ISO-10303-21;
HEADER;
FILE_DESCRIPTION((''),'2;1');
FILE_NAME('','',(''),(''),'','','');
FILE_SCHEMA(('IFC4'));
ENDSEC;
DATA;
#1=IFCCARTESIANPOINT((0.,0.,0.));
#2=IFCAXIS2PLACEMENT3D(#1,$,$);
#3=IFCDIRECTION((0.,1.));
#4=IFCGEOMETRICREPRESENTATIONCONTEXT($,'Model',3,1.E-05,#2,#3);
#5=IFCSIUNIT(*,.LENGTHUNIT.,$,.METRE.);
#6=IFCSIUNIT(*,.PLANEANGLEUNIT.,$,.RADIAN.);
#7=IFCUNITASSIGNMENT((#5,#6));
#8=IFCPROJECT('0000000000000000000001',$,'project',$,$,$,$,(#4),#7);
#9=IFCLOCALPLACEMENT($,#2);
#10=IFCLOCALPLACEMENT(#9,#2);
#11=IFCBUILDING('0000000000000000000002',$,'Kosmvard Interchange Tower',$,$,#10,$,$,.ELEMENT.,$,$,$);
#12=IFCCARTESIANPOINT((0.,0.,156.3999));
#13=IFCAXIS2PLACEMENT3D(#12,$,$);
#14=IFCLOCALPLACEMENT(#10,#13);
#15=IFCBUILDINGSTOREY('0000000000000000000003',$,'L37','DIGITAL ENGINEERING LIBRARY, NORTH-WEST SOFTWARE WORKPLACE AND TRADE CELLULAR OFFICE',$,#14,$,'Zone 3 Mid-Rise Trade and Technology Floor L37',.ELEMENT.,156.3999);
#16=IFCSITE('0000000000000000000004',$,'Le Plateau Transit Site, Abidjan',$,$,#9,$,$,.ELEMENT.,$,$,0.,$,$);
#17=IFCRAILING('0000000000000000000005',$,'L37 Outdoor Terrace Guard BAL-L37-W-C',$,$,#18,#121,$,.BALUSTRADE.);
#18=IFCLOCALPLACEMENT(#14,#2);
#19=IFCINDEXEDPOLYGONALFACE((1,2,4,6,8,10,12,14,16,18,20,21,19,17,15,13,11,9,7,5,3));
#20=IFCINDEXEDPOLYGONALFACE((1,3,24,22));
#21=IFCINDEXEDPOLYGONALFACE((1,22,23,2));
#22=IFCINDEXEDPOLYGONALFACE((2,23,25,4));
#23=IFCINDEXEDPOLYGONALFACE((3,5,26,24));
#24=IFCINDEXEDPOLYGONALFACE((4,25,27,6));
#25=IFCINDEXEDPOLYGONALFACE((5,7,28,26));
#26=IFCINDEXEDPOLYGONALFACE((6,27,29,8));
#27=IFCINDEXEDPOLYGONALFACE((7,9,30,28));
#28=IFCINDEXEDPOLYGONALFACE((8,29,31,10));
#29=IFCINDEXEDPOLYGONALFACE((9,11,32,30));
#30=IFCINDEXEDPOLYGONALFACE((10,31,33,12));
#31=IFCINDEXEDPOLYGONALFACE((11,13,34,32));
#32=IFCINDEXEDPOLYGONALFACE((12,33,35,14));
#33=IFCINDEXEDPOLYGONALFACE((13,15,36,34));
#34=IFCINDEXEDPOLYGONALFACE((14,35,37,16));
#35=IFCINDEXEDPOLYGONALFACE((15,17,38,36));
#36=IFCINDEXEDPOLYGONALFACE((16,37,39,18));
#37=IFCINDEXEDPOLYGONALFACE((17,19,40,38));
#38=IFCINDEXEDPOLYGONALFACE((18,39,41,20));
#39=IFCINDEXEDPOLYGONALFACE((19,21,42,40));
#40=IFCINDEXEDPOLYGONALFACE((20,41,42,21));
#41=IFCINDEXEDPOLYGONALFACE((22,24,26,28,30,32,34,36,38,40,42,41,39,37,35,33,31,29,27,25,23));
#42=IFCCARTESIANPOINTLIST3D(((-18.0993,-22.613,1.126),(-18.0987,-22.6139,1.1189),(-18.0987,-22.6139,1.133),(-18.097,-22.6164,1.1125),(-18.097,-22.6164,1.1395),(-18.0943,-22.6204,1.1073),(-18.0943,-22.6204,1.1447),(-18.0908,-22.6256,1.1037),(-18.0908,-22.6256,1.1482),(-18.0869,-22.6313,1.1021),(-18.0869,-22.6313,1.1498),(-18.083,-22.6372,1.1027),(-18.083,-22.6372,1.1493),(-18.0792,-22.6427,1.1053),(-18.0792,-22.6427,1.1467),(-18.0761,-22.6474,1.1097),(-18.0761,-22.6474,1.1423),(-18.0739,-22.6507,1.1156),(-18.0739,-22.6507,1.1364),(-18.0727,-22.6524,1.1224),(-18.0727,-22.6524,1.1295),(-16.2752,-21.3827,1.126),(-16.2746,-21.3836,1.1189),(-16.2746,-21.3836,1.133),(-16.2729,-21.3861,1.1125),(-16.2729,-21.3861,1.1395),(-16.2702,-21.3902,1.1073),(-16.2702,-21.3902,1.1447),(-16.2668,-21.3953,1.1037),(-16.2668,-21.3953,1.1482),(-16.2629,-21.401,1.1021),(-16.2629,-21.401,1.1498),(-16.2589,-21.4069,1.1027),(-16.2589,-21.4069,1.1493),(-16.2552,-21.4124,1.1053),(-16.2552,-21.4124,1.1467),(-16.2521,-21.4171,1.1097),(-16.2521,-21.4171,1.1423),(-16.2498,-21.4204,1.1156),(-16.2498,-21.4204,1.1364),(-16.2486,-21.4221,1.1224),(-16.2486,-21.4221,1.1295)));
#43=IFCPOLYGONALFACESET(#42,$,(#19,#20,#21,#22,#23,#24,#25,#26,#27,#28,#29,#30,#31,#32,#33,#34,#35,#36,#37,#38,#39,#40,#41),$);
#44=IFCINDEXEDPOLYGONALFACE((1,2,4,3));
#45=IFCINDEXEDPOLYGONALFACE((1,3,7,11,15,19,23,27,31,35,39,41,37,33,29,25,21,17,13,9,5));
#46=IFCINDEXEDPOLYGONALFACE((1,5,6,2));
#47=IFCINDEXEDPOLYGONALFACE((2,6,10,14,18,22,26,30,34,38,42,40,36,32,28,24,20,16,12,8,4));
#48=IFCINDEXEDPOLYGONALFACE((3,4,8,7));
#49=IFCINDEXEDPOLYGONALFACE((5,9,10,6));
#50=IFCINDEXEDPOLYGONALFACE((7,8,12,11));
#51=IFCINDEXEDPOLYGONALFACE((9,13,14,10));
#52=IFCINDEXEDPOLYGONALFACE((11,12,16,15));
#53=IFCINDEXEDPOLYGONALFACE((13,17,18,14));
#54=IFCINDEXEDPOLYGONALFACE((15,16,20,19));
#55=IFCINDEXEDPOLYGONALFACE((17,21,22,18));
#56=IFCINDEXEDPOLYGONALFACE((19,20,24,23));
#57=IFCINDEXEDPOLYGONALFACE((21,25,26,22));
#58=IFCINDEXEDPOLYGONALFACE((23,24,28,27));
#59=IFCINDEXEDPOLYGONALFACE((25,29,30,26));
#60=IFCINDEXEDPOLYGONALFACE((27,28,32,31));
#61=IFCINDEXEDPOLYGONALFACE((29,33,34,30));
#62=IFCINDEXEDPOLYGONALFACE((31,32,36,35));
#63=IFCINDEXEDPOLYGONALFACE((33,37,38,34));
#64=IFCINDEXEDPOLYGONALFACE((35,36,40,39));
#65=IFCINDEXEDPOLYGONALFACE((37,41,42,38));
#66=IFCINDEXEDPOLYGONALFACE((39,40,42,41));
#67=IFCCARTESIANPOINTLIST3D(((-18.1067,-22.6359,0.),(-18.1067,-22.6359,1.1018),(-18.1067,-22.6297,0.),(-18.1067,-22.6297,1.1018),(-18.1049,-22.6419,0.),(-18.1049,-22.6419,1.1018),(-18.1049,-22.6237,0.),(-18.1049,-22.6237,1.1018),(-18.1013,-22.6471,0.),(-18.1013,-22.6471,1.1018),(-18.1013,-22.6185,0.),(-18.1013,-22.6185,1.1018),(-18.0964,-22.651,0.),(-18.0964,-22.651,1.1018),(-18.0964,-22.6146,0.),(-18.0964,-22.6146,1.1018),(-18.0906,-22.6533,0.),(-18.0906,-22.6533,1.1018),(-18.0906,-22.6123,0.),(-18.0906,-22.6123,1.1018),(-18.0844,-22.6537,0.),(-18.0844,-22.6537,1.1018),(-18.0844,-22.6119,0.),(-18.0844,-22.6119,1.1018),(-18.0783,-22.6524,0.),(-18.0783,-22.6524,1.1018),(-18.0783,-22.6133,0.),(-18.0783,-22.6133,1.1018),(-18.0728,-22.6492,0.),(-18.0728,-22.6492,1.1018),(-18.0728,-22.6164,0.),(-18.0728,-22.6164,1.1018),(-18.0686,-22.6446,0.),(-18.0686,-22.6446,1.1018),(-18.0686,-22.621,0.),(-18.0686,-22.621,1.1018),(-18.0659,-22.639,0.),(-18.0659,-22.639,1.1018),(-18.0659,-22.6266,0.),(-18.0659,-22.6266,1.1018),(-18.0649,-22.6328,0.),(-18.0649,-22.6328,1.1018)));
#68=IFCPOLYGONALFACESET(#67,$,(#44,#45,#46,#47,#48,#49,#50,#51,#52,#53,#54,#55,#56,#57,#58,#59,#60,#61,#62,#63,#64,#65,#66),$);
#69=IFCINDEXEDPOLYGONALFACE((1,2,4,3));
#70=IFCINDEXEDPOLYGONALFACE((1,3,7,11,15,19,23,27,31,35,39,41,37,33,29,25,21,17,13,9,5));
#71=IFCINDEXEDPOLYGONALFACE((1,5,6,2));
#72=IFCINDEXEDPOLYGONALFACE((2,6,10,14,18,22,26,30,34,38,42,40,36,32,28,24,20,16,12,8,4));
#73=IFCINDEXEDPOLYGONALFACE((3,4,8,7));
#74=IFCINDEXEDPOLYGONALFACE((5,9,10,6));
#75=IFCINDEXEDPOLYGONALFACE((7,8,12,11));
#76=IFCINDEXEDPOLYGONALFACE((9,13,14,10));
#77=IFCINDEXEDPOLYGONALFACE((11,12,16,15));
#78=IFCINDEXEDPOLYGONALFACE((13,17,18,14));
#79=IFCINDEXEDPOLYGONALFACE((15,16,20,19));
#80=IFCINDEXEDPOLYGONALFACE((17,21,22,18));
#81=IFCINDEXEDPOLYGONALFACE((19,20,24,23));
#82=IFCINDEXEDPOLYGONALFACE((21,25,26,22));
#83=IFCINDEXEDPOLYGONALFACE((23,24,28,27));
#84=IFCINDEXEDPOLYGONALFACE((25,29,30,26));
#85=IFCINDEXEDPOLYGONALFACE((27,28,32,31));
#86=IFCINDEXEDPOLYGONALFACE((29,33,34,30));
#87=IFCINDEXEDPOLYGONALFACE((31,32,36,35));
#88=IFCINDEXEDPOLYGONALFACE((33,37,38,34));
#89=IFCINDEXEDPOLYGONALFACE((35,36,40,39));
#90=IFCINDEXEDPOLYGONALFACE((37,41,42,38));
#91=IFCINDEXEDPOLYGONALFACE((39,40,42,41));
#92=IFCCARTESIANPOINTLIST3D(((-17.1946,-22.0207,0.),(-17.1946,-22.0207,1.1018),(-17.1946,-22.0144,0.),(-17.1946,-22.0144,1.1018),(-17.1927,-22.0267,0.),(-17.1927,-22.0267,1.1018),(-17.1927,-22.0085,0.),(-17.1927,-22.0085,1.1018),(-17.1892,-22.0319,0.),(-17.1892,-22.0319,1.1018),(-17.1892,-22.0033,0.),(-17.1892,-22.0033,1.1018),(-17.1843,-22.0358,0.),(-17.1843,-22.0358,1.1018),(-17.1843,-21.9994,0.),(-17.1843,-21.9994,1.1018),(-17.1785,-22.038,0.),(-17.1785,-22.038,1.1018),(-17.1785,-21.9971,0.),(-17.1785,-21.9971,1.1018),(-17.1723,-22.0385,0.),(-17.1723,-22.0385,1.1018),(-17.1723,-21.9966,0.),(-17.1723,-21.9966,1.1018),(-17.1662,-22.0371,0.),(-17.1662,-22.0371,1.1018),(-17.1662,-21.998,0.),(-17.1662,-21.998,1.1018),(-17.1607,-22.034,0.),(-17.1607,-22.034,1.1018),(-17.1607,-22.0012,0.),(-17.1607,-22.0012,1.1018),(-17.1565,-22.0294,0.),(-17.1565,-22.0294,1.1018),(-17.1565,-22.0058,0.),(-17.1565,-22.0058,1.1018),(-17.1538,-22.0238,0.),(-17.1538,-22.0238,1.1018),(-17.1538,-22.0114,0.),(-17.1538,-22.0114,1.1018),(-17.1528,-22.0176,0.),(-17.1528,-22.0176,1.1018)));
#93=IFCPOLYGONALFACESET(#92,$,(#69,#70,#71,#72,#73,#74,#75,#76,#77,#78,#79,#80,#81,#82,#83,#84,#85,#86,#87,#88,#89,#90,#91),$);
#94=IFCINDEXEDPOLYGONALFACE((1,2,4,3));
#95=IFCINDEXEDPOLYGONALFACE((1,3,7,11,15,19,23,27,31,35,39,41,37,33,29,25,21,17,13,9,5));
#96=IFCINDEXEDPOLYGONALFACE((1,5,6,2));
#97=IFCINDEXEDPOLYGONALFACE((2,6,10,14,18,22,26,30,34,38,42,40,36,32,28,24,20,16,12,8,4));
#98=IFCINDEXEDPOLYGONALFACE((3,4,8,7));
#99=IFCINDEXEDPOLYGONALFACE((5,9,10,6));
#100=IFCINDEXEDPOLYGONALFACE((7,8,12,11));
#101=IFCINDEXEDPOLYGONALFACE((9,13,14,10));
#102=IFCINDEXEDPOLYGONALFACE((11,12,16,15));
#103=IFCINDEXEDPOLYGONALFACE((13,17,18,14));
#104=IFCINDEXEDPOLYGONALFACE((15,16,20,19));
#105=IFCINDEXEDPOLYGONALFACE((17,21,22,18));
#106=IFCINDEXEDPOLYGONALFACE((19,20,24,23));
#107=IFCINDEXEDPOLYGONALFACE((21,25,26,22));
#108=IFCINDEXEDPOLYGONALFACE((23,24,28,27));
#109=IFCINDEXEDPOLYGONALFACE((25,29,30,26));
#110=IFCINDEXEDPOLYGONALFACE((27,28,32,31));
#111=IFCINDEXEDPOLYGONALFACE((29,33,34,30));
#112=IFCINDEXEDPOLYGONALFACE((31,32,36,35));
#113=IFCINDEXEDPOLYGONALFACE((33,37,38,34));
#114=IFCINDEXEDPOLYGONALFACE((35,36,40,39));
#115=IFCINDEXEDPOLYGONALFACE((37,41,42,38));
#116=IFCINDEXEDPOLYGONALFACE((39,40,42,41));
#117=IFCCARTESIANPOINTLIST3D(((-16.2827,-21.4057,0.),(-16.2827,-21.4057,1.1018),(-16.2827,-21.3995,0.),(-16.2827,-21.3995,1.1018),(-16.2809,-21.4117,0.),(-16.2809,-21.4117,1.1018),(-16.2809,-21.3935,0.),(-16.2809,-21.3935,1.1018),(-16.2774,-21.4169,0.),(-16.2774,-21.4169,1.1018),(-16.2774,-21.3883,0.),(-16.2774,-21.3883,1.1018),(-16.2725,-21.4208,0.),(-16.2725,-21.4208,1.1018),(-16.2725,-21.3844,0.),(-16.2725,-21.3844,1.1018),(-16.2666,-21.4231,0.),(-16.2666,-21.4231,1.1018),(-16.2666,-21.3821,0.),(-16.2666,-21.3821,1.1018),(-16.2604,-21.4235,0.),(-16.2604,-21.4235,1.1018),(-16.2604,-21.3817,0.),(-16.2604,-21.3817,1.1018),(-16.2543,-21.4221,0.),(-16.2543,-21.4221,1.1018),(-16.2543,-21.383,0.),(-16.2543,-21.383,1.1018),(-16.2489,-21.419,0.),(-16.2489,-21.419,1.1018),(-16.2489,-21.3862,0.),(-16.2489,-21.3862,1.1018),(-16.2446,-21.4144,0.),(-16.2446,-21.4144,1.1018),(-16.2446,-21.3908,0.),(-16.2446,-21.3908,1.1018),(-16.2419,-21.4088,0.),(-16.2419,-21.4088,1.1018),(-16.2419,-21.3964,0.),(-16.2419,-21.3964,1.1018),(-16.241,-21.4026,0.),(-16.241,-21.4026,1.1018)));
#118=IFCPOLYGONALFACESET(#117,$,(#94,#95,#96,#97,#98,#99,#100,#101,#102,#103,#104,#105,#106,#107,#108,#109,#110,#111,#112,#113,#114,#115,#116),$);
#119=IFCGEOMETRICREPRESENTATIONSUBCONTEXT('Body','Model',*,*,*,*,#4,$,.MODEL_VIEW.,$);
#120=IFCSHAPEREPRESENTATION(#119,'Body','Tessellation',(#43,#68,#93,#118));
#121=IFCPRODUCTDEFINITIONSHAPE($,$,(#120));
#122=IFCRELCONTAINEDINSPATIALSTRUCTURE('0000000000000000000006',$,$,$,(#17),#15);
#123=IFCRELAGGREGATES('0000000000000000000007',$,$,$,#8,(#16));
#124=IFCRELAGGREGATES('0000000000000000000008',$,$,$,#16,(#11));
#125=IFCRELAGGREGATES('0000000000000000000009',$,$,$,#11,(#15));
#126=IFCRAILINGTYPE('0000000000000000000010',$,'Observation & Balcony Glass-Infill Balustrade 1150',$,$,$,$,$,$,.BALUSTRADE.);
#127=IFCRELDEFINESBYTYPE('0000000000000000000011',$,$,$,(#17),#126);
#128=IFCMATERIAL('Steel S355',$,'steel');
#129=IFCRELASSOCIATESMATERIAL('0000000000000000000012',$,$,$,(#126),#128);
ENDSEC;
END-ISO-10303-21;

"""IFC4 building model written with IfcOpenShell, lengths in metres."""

from ifc_helpers import new_model, si_unit, direction, frame, origin, origin_2d, place, context, subcontext, project, spatial, circle, extrude, source, transform, mapped, material, type_object, element, save


model = new_model("IFC4")

# Units and contexts
model_context = context("Model", 3, precision=1e-05, world=origin(), true_north=direction((0.0, 1.0)))
body_context = subcontext(model_context, "Body", "Model", "MODEL_VIEW")
ifc_project = project(units=[si_unit("LENGTHUNIT", "METRE"), si_unit("PLANEANGLEUNIT", "RADIAN")], contexts=[model_context])

# Site, building, storey
site_placement = place(None, origin())
site = spatial("IfcSite", under=ifc_project, at=site_placement, Name="Le Plateau Transit Site, Abidjan", CompositionType="ELEMENT", RefElevation=0.0)
building_placement = place(site_placement, origin())
building = spatial("IfcBuilding", under=site, at=building_placement, Name="Kosmvard Interchange Tower", CompositionType="ELEMENT")
storey_placement = place(building_placement, frame((0.0, 0.0, 156.3999)))
storey = spatial("IfcBuildingStorey", under=building, at=storey_placement, Name="L37", Description="DIGITAL ENGINEERING LIBRARY, NORTH-WEST SOFTWARE WORKPLACE AND TRADE CELLULAR OFFICE", LongName="Zone 3 Mid-Rise Trade and Technology Floor L37", CompositionType="ELEMENT", Elevation=156.3999)

# Shared definitions
ifc_material_1 = material(Name="Steel S355", Category="steel")

# Railing
railing_type = type_object("IfcRailingType", Name="Observation & Balcony Glass-Infill Balustrade 1150", PredefinedType="BALUSTRADE", material=ifc_material_1)
shared_shape_1 = source(origin(), body_context, "Body", "SweptSolid", [
    extrude(circle(Radius=0.0239, at=origin_2d()), frame((0.0, 0.0, 1.126), z_axis=(0.829051, 0.559174, 0.0), x_axis=(-0.559174, 0.829051, 0.0)), (0.0, 0.0, 1.0), 2.2002),
    extrude(circle(Radius=0.021, at=origin_2d()), origin(), (0.0, 0.0, 1.0), 1.1018),
    extrude(circle(Radius=0.021, at=origin_2d()), frame((0.9121, 0.6152, 0.0)), (0.0, 0.0, 1.0), 1.1018),
    extrude(circle(Radius=0.021, at=origin_2d()), frame((1.824, 1.2302, 0.0)), (0.0, 0.0, 1.0), 1.1018),
])
railing_1_placement = place(storey_placement, frame((-18.0859, -22.6328, 0.0)))
element("IfcRailing", 1, at=railing_1_placement, inside=storey, type_object=railing_type, Name="L37 Outdoor Terrace Guard BAL-L37-W-C", PredefinedType="BALUSTRADE", context=body_context, shape_type="MappedRepresentation", body=[
    mapped(shared_shape_1, transform((0.0, 0.0, 0.0), scale=1.0)),
])

save(model, "model.ifc")
